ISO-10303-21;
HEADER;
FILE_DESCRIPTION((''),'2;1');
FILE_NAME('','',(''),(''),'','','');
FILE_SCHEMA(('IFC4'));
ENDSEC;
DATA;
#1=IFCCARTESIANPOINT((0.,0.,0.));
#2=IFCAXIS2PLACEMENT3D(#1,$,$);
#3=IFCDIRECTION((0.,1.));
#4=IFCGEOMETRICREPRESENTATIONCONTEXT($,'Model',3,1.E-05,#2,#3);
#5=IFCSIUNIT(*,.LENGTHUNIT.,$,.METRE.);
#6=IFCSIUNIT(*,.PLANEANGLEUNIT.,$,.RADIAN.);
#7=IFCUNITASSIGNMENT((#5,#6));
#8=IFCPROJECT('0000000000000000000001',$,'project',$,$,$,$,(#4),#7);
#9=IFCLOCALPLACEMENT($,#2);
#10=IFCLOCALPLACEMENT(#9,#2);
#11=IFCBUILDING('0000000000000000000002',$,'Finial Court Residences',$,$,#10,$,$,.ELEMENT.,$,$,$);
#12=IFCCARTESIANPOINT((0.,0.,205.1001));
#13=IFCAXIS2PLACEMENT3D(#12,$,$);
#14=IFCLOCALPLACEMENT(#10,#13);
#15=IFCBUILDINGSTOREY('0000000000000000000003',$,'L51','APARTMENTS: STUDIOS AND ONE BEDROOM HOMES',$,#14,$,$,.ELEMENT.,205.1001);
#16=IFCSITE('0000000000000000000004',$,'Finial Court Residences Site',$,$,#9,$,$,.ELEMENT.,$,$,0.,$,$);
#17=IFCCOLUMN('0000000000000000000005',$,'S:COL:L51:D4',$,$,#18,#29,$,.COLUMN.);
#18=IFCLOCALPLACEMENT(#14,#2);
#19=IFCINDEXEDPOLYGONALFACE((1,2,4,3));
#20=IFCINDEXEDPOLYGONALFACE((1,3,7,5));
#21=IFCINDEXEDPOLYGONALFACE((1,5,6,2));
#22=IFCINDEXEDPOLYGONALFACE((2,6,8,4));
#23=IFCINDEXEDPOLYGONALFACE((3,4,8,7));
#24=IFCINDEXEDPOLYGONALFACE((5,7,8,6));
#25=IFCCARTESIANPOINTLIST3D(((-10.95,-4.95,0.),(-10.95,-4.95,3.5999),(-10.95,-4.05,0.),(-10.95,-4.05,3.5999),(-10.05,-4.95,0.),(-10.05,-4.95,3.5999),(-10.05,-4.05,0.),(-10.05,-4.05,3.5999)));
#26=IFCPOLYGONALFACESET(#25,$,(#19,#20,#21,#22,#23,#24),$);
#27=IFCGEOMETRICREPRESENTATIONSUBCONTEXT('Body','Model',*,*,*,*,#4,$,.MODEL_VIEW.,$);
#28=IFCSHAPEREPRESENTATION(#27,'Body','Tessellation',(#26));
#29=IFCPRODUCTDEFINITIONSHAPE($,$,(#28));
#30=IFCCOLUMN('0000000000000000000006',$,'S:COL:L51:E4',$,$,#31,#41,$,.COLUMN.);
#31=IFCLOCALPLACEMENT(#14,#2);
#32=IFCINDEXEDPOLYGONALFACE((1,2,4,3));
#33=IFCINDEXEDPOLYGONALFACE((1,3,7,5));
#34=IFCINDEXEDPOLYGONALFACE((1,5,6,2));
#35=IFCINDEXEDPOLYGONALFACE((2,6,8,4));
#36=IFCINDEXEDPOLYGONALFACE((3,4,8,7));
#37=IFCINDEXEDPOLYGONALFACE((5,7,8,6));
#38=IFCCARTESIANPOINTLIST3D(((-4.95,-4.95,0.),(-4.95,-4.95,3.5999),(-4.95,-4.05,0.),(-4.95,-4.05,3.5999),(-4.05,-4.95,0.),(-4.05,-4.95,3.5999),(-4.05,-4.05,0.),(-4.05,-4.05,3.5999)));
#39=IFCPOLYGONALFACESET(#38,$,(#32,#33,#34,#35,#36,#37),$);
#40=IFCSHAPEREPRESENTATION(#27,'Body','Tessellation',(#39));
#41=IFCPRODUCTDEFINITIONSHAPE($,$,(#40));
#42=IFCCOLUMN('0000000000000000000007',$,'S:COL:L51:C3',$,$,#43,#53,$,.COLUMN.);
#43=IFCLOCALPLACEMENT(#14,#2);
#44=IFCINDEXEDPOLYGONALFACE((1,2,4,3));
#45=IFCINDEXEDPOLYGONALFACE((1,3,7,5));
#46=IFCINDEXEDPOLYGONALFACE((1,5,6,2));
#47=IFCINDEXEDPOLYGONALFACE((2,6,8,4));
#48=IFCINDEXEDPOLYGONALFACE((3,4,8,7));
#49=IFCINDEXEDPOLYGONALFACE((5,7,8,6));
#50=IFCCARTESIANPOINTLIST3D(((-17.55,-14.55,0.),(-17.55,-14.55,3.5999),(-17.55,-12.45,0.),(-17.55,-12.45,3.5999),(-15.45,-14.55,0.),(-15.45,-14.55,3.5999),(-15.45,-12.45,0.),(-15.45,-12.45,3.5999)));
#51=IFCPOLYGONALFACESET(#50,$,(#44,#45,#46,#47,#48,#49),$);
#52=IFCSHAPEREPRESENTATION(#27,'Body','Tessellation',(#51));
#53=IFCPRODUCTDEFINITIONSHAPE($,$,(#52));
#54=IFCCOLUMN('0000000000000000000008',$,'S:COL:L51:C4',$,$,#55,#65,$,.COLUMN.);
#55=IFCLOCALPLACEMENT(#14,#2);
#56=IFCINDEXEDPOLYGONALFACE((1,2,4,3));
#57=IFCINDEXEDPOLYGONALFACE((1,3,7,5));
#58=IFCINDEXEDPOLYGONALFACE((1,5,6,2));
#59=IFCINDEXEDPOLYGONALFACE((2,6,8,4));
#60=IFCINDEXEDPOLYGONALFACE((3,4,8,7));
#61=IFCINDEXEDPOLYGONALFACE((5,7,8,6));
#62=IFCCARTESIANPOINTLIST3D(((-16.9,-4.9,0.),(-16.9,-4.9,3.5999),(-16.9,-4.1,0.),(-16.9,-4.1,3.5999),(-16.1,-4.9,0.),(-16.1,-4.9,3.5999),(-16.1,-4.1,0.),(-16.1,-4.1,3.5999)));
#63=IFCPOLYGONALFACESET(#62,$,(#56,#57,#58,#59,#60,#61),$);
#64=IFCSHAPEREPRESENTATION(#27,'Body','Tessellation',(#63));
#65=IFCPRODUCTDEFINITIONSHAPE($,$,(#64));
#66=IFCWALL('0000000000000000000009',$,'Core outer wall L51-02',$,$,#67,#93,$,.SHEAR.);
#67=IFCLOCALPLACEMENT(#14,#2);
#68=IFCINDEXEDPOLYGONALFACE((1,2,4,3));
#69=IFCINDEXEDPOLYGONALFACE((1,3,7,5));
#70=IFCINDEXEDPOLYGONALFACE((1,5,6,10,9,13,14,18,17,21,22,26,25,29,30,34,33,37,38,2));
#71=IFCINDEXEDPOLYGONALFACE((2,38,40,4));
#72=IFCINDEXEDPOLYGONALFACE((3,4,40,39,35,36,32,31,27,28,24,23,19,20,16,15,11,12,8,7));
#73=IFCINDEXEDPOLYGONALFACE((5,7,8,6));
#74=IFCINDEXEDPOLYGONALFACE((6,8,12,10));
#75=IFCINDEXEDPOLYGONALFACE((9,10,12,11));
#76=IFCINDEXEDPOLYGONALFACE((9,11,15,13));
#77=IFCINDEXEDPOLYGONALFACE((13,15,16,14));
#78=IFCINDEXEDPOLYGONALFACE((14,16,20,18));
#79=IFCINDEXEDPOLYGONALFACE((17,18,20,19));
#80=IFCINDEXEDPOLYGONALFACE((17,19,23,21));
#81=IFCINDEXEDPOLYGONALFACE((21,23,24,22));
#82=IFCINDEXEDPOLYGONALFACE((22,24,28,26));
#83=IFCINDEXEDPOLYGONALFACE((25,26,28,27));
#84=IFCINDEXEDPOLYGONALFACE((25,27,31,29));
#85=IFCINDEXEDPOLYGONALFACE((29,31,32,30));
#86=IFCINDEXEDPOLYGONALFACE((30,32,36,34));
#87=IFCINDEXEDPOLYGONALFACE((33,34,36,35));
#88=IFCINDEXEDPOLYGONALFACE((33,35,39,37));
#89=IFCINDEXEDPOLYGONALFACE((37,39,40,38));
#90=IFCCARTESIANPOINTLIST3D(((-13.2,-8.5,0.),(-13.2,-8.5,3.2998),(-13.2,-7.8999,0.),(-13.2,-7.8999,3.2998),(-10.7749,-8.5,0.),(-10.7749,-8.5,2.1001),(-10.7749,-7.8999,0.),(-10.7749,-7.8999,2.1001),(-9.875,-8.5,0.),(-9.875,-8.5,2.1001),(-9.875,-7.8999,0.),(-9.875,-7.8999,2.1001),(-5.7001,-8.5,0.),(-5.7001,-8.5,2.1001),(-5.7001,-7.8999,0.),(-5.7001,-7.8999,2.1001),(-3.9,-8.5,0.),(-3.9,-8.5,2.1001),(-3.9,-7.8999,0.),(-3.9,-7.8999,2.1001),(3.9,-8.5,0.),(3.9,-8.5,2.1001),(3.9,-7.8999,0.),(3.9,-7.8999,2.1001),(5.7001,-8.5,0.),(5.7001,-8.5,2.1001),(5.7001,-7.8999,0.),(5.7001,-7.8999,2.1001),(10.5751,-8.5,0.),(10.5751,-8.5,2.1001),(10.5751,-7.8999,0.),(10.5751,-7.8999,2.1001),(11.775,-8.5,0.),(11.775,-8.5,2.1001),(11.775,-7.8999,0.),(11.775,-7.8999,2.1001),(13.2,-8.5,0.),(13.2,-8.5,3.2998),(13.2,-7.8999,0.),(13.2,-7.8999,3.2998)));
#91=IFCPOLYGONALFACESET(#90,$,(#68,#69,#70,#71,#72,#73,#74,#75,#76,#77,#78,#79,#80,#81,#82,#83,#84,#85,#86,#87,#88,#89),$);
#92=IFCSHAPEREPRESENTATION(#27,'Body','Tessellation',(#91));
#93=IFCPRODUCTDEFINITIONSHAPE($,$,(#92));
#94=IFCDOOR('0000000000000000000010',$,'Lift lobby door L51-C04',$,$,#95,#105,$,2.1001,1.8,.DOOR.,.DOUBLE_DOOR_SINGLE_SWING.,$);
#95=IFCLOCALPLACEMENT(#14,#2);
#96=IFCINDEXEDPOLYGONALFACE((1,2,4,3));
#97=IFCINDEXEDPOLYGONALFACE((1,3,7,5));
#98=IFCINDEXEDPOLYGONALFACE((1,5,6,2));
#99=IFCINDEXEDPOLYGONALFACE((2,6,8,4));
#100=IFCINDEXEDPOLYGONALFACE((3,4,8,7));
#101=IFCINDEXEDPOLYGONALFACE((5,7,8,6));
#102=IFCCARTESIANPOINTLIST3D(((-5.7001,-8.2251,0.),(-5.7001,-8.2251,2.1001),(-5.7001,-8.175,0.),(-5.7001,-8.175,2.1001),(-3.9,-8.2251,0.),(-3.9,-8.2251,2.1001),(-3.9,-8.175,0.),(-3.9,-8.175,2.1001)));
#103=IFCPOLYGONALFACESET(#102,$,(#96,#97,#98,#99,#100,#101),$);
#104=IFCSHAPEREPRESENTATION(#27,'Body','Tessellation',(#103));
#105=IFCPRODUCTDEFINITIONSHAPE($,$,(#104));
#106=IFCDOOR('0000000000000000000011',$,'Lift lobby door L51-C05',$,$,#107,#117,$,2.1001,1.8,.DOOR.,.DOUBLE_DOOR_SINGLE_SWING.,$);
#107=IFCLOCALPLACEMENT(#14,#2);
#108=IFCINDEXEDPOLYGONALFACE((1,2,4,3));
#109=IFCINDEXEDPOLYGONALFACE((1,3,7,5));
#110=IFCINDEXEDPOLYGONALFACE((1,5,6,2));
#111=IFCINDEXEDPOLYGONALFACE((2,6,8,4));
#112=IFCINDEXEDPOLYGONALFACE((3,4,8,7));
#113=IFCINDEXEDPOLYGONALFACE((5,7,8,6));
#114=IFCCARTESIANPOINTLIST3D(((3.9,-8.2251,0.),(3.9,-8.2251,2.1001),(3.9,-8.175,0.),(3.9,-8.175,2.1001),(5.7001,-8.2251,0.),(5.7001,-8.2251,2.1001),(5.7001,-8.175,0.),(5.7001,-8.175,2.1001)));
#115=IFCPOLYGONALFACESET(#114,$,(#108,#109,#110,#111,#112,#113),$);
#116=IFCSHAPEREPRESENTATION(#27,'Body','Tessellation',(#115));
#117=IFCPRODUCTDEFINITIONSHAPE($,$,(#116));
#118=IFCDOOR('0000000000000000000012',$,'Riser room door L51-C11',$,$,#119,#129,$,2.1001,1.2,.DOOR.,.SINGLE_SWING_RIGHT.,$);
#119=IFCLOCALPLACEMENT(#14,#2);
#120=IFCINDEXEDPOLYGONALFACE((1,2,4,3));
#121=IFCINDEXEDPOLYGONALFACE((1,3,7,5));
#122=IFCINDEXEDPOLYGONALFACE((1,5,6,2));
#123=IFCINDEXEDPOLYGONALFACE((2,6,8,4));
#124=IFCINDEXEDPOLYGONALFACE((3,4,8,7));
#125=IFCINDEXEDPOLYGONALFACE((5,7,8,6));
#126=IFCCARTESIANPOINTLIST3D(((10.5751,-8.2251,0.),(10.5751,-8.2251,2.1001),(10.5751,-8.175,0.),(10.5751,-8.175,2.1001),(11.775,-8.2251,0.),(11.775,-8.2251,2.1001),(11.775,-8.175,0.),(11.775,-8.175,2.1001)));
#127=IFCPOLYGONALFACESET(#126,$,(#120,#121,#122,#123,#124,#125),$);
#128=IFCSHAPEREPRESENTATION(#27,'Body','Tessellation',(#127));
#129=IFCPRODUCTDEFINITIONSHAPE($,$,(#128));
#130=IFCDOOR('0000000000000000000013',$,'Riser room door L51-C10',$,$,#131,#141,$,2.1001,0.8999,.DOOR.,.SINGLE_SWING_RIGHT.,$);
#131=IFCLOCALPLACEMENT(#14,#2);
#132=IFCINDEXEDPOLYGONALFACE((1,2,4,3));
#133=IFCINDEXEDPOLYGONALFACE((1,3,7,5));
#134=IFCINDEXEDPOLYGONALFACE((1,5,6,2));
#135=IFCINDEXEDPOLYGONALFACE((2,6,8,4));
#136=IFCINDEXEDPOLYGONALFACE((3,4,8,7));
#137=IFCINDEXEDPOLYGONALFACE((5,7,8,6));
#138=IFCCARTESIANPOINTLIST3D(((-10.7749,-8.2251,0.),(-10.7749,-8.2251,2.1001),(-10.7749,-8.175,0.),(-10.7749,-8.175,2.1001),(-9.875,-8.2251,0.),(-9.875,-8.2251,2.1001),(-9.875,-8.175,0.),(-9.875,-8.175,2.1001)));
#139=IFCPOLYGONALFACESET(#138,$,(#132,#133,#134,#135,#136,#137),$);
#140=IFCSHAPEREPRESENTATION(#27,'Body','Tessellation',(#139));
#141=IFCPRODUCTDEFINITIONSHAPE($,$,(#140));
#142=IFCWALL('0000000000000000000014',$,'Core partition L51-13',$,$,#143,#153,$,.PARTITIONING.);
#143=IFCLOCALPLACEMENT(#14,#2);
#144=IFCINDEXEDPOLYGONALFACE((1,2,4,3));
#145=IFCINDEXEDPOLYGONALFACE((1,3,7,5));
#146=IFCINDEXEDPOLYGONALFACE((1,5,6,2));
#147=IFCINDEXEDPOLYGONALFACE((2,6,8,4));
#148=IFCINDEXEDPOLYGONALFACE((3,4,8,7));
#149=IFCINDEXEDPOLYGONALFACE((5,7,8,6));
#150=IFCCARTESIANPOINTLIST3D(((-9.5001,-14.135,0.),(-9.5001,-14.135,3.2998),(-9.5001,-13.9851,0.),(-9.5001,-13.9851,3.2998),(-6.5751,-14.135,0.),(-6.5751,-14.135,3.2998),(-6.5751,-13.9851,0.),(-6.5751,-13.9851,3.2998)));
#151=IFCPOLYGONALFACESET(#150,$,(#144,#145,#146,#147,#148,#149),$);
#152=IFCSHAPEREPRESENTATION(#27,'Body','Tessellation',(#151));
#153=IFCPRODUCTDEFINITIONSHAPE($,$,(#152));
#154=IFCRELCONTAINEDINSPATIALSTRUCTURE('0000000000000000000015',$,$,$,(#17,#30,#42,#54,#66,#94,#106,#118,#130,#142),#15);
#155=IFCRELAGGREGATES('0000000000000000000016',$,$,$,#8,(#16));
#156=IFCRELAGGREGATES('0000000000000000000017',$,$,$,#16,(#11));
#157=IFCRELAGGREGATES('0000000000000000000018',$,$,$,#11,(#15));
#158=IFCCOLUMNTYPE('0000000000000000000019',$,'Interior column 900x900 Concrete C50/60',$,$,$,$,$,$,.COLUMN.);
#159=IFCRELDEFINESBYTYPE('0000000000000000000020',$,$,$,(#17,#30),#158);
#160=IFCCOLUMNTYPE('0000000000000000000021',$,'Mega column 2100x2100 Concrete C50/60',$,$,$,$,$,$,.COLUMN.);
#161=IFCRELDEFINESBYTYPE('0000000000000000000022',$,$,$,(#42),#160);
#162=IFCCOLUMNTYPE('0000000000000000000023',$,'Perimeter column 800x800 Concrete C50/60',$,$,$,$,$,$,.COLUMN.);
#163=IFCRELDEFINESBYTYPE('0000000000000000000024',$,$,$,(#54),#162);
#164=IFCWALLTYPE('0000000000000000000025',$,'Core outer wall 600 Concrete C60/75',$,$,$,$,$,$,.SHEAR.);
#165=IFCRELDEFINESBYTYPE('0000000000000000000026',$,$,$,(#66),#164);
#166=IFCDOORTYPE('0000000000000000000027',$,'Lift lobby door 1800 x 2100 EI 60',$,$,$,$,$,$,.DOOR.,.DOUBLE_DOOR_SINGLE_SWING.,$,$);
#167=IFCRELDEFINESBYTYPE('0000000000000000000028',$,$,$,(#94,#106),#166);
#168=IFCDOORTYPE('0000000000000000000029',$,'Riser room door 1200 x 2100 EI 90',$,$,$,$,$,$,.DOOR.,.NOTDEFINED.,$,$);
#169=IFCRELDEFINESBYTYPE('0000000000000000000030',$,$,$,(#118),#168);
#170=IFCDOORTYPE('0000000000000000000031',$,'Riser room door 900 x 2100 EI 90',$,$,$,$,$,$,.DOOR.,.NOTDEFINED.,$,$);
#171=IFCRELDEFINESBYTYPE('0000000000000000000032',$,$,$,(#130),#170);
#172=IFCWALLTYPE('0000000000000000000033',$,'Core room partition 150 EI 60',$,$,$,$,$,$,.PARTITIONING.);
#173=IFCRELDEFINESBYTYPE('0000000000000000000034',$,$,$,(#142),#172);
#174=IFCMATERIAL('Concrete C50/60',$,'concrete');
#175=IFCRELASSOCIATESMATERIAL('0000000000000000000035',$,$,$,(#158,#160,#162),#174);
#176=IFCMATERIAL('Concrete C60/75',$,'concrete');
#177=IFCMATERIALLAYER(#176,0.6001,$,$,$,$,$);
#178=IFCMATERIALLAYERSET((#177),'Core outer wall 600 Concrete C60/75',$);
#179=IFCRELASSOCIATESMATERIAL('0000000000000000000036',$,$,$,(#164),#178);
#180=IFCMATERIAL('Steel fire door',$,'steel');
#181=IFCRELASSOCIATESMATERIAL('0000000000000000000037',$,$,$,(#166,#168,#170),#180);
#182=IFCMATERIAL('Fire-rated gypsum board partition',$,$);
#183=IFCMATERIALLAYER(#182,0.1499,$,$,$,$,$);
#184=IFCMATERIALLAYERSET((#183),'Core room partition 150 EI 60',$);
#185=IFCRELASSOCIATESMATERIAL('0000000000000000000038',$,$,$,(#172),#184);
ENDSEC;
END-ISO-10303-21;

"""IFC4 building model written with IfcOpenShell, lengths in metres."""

from ifc_helpers import new_model, si_unit, direction, frame, frame_2d, origin, origin_2d, place, context, subcontext, project, spatial, rectangle, extrude, material, layer, layer_set, material_profile, profile_set, type_object, element, fill, save


model = new_model("IFC4")

# Units and contexts
model_context = context("Model", 3, precision=1e-05, world=origin(), true_north=direction((0.0, 1.0)))
body_context = subcontext(model_context, "Body", "Model", "MODEL_VIEW")
ifc_project = project(units=[si_unit("LENGTHUNIT", "METRE"), si_unit("PLANEANGLEUNIT", "RADIAN")], contexts=[model_context])

# Site, building, storey
site_placement = place(None, origin())
site = spatial("IfcSite", under=ifc_project, at=site_placement, Name="Finial Court Residences Site", CompositionType="ELEMENT", RefElevation=0.0)
building_placement = place(site_placement, origin())
building = spatial("IfcBuilding", under=site, at=building_placement, Name="Finial Court Residences", CompositionType="ELEMENT")
storey_placement = place(building_placement, frame((0.0, 0.0, 205.1001)))
storey = spatial("IfcBuildingStorey", under=building, at=storey_placement, Name="L51", Description="APARTMENTS: STUDIOS AND ONE BEDROOM HOMES", CompositionType="ELEMENT", Elevation=205.1001)

# Columns
ifc_material_1 = material(Name="Concrete C50/60", Category="concrete")
ifc_material_profile_1 = material_profile(ifc_material_1, rectangle(XDim=0.8999, YDim=0.8999, at=origin_2d()), Name="900x900")
ifc_profile_set_1 = profile_set([ifc_material_profile_1], Name="Concrete C50/60")
column_type_1 = type_object("IfcColumnType", Name="Interior column 900x900 Concrete C50/60", PredefinedType="COLUMN", material=ifc_profile_set_1)
for number, where, z_axis, x_axis, name in (
    (1, (-10.5, -4.5, 0.0), (0.0, 0.0, 1.0), (1.0, 0.0, 0.0), "S:COL:L51:D4"),
    (2, (-4.5, -4.5, 0.0), (0.0, 0.0, 1.0), (1.0, 0.0, 0.0), "S:COL:L51:E4"),
):
    element("IfcColumn", number, at=place(storey_placement, frame(where, z_axis=z_axis, x_axis=x_axis)), inside=storey, type_object=column_type_1, Name=name, PredefinedType="COLUMN", context=body_context, shape_type="SweptSolid", body=[
        extrude(rectangle(XDim=0.8999, YDim=0.8999, at=origin_2d()), origin(), (0.0, 0.0, 1.0), 3.5999),
    ])
ifc_material_profile_2 = material_profile(ifc_material_1, rectangle(XDim=2.1001, YDim=2.1001, at=origin_2d()), Name="2100x2100")
ifc_profile_set_2 = profile_set([ifc_material_profile_2], Name="Concrete C50/60")
column_type_2 = type_object("IfcColumnType", Name="Mega column 2100x2100 Concrete C50/60", PredefinedType="COLUMN", material=ifc_profile_set_2)
column_1_placement = place(storey_placement, frame((-16.5, -13.5, 0.0), z_axis=(0.0, 0.0, 1.0), x_axis=(1.0, 0.0, 0.0)))
element("IfcColumn", 3, at=column_1_placement, inside=storey, type_object=column_type_2, Name="S:COL:L51:C3", PredefinedType="COLUMN", context=body_context, shape_type="SweptSolid", body=[
    extrude(rectangle(XDim=2.1001, YDim=2.1001, at=origin_2d()), origin(), (0.0, 0.0, 1.0), 3.5999),
])
ifc_material_profile_3 = material_profile(ifc_material_1, rectangle(XDim=0.8, YDim=0.8, at=origin_2d()), Name="800x800")
ifc_profile_set_3 = profile_set([ifc_material_profile_3], Name="Concrete C50/60")
column_type_3 = type_object("IfcColumnType", Name="Perimeter column 800x800 Concrete C50/60", PredefinedType="COLUMN", material=ifc_profile_set_3)
column_2_placement = place(storey_placement, frame((-16.5, -4.5, 0.0), z_axis=(0.0, 0.0, 1.0), x_axis=(1.0, 0.0, 0.0)))
element("IfcColumn", 4, at=column_2_placement, inside=storey, type_object=column_type_3, Name="S:COL:L51:C4", PredefinedType="COLUMN", context=body_context, shape_type="SweptSolid", body=[
    extrude(rectangle(XDim=0.8, YDim=0.8, at=origin_2d()), origin(), (0.0, 0.0, 1.0), 3.5999),
])

# Wall, openings, doors
ifc_material_2 = material(Name="Concrete C60/75", Category="concrete")
ifc_layer_1 = layer(ifc_material_2, 0.6001)
ifc_layer_set_1 = layer_set([ifc_layer_1], Name="Core outer wall 600 Concrete C60/75")
wall_type_1 = type_object("IfcWallType", Name="Core outer wall 600 Concrete C60/75", PredefinedType="SHEAR", material=ifc_layer_set_1)
wall_1_placement = place(storey_placement, frame((-13.2, -8.2, 0.0), z_axis=(0.0, 0.0, 1.0), x_axis=(1.0, 0.0, 0.0)))
wall_1 = element("IfcWall", 5, at=wall_1_placement, inside=storey, type_object=wall_type_1, Name="Core outer wall L51-02", PredefinedType="SHEAR", context=body_context, shape_type="SweptSolid", body=[
    extrude(rectangle(XDim=26.3999, YDim=0.6001, at=frame_2d((13.2, 0.0))), origin(), (0.0, 0.0, 1.0), 3.2998),
])
opening_1_placement = place(wall_1_placement, frame((7.5, 0.0, 0.0)))
opening_1 = element("IfcOpeningElement", 6, at=opening_1_placement, cuts=wall_1, PredefinedType="OPENING", context=body_context, shape_type="SweptSolid", body=[
    extrude(rectangle(XDim=1.8, YDim=2.1001, at=frame_2d((0.8999, 1.05))), frame((0.0, 0.3101, 0.0), z_axis=(0.0, -1.0, 0.0), x_axis=(1.0, 0.0, 0.0)), (0.0, 0.0, 1.0), 0.6201),
])
opening_2_placement = place(wall_1_placement, frame((17.1001, 0.0, 0.0)))
opening_2 = element("IfcOpeningElement", 7, at=opening_2_placement, cuts=wall_1, PredefinedType="OPENING", context=body_context, shape_type="SweptSolid", body=[
    extrude(rectangle(XDim=1.8, YDim=2.1001, at=frame_2d((0.8999, 1.05))), frame((0.0, 0.3101, 0.0), z_axis=(0.0, -1.0, 0.0), x_axis=(1.0, 0.0, 0.0)), (0.0, 0.0, 1.0), 0.6201),
])
opening_3_placement = place(wall_1_placement, frame((2.425, 0.0, 0.0)))
opening_3 = element("IfcOpeningElement", 8, at=opening_3_placement, cuts=wall_1, PredefinedType="OPENING", context=body_context, shape_type="SweptSolid", body=[
    extrude(rectangle(XDim=0.8999, YDim=2.1001, at=frame_2d((0.45, 1.05))), frame((0.0, 0.3101, 0.0), z_axis=(0.0, -1.0, 0.0), x_axis=(1.0, 0.0, 0.0)), (0.0, 0.0, 1.0), 0.6201),
])
opening_4_placement = place(wall_1_placement, frame((23.7749, 0.0, 0.0)))
opening_4 = element("IfcOpeningElement", 9, at=opening_4_placement, cuts=wall_1, PredefinedType="OPENING", context=body_context, shape_type="SweptSolid", body=[
    extrude(rectangle(XDim=1.2, YDim=2.1001, at=frame_2d((0.6001, 1.05))), frame((0.0, 0.3101, 0.0), z_axis=(0.0, -1.0, 0.0), x_axis=(1.0, 0.0, 0.0)), (0.0, 0.0, 1.0), 0.6201),
])
ifc_material_3 = material(Name="Steel fire door", Category="steel")
door_type_1 = type_object("IfcDoorType", Name="Lift lobby door 1800 x 2100 EI 60", OperationType="DOUBLE_DOOR_SINGLE_SWING", PredefinedType="DOOR", material=ifc_material_3)
door_1_placement = place(opening_1_placement, origin())
door_1 = element("IfcDoor", 10, at=door_1_placement, inside=storey, type_object=door_type_1, Name="Lift lobby door L51-C04", OperationType="DOUBLE_DOOR_SINGLE_SWING", OverallHeight=2.1001, OverallWidth=1.8, PredefinedType="DOOR", context=body_context, shape_type="SweptSolid", body=[
    extrude(rectangle(XDim=1.8, YDim=2.1001, at=frame_2d((0.8999, 1.05))), frame((0.0, 0.0249, 0.0), z_axis=(0.0, -1.0, 0.0), x_axis=(1.0, 0.0, 0.0)), (0.0, 0.0, 1.0), 0.05),
])
fill(opening_1, door_1)
door_2_placement = place(opening_2_placement, origin())
door_2 = element("IfcDoor", 11, at=door_2_placement, inside=storey, type_object=door_type_1, Name="Lift lobby door L51-C05", OperationType="DOUBLE_DOOR_SINGLE_SWING", OverallHeight=2.1001, OverallWidth=1.8, PredefinedType="DOOR", context=body_context, shape_type="SweptSolid", body=[
    extrude(rectangle(XDim=1.8, YDim=2.1001, at=frame_2d((0.8999, 1.05))), frame((0.0, 0.0249, 0.0), z_axis=(0.0, -1.0, 0.0), x_axis=(1.0, 0.0, 0.0)), (0.0, 0.0, 1.0), 0.05),
])
fill(opening_2, door_2)
door_type_2 = type_object("IfcDoorType", Name="Riser room door 1200 x 2100 EI 90", OperationType="NOTDEFINED", PredefinedType="DOOR", material=ifc_material_3)
door_3_placement = place(opening_4_placement, origin())
door_3 = element("IfcDoor", 12, at=door_3_placement, inside=storey, type_object=door_type_2, Name="Riser room door L51-C11", OperationType="SINGLE_SWING_RIGHT", OverallHeight=2.1001, OverallWidth=1.2, PredefinedType="DOOR", context=body_context, shape_type="SweptSolid", body=[
    extrude(rectangle(XDim=1.2, YDim=2.1001, at=frame_2d((0.6001, 1.05))), frame((0.0, 0.0249, 0.0), z_axis=(0.0, -1.0, 0.0), x_axis=(1.0, 0.0, 0.0)), (0.0, 0.0, 1.0), 0.05),
])
fill(opening_4, door_3)
door_type_3 = type_object("IfcDoorType", Name="Riser room door 900 x 2100 EI 90", OperationType="NOTDEFINED", PredefinedType="DOOR", material=ifc_material_3)
door_4_placement = place(opening_3_placement, origin())
door_4 = element("IfcDoor", 13, at=door_4_placement, inside=storey, type_object=door_type_3, Name="Riser room door L51-C10", OperationType="SINGLE_SWING_RIGHT", OverallHeight=2.1001, OverallWidth=0.8999, PredefinedType="DOOR", context=body_context, shape_type="SweptSolid", body=[
    extrude(rectangle(XDim=0.8999, YDim=2.1001, at=frame_2d((0.45, 1.05))), frame((0.0, 0.0249, 0.0), z_axis=(0.0, -1.0, 0.0), x_axis=(1.0, 0.0, 0.0)), (0.0, 0.0, 1.0), 0.05),
])
fill(opening_3, door_4)

# Wall
ifc_material_4 = material(Name="Fire-rated gypsum board partition")
ifc_layer_2 = layer(ifc_material_4, 0.1499)
ifc_layer_set_2 = layer_set([ifc_layer_2], Name="Core room partition 150 EI 60")
wall_type_2 = type_object("IfcWallType", Name="Core room partition 150 EI 60", PredefinedType="PARTITIONING", material=ifc_layer_set_2)
wall_2_placement = place(storey_placement, frame((-9.5, -14.0601, 0.0), z_axis=(0.0, 0.0, 1.0), x_axis=(1.0, 0.0, 0.0)))
element("IfcWall", 14, at=wall_2_placement, inside=storey, type_object=wall_type_2, Name="Core partition L51-13", PredefinedType="PARTITIONING", context=body_context, shape_type="SweptSolid", body=[
    extrude(rectangle(XDim=2.925, YDim=0.1499, at=frame_2d((1.4624, 0.0))), origin(), (0.0, 0.0, 1.0), 3.2998),
])

save(model, "model.ifc")
